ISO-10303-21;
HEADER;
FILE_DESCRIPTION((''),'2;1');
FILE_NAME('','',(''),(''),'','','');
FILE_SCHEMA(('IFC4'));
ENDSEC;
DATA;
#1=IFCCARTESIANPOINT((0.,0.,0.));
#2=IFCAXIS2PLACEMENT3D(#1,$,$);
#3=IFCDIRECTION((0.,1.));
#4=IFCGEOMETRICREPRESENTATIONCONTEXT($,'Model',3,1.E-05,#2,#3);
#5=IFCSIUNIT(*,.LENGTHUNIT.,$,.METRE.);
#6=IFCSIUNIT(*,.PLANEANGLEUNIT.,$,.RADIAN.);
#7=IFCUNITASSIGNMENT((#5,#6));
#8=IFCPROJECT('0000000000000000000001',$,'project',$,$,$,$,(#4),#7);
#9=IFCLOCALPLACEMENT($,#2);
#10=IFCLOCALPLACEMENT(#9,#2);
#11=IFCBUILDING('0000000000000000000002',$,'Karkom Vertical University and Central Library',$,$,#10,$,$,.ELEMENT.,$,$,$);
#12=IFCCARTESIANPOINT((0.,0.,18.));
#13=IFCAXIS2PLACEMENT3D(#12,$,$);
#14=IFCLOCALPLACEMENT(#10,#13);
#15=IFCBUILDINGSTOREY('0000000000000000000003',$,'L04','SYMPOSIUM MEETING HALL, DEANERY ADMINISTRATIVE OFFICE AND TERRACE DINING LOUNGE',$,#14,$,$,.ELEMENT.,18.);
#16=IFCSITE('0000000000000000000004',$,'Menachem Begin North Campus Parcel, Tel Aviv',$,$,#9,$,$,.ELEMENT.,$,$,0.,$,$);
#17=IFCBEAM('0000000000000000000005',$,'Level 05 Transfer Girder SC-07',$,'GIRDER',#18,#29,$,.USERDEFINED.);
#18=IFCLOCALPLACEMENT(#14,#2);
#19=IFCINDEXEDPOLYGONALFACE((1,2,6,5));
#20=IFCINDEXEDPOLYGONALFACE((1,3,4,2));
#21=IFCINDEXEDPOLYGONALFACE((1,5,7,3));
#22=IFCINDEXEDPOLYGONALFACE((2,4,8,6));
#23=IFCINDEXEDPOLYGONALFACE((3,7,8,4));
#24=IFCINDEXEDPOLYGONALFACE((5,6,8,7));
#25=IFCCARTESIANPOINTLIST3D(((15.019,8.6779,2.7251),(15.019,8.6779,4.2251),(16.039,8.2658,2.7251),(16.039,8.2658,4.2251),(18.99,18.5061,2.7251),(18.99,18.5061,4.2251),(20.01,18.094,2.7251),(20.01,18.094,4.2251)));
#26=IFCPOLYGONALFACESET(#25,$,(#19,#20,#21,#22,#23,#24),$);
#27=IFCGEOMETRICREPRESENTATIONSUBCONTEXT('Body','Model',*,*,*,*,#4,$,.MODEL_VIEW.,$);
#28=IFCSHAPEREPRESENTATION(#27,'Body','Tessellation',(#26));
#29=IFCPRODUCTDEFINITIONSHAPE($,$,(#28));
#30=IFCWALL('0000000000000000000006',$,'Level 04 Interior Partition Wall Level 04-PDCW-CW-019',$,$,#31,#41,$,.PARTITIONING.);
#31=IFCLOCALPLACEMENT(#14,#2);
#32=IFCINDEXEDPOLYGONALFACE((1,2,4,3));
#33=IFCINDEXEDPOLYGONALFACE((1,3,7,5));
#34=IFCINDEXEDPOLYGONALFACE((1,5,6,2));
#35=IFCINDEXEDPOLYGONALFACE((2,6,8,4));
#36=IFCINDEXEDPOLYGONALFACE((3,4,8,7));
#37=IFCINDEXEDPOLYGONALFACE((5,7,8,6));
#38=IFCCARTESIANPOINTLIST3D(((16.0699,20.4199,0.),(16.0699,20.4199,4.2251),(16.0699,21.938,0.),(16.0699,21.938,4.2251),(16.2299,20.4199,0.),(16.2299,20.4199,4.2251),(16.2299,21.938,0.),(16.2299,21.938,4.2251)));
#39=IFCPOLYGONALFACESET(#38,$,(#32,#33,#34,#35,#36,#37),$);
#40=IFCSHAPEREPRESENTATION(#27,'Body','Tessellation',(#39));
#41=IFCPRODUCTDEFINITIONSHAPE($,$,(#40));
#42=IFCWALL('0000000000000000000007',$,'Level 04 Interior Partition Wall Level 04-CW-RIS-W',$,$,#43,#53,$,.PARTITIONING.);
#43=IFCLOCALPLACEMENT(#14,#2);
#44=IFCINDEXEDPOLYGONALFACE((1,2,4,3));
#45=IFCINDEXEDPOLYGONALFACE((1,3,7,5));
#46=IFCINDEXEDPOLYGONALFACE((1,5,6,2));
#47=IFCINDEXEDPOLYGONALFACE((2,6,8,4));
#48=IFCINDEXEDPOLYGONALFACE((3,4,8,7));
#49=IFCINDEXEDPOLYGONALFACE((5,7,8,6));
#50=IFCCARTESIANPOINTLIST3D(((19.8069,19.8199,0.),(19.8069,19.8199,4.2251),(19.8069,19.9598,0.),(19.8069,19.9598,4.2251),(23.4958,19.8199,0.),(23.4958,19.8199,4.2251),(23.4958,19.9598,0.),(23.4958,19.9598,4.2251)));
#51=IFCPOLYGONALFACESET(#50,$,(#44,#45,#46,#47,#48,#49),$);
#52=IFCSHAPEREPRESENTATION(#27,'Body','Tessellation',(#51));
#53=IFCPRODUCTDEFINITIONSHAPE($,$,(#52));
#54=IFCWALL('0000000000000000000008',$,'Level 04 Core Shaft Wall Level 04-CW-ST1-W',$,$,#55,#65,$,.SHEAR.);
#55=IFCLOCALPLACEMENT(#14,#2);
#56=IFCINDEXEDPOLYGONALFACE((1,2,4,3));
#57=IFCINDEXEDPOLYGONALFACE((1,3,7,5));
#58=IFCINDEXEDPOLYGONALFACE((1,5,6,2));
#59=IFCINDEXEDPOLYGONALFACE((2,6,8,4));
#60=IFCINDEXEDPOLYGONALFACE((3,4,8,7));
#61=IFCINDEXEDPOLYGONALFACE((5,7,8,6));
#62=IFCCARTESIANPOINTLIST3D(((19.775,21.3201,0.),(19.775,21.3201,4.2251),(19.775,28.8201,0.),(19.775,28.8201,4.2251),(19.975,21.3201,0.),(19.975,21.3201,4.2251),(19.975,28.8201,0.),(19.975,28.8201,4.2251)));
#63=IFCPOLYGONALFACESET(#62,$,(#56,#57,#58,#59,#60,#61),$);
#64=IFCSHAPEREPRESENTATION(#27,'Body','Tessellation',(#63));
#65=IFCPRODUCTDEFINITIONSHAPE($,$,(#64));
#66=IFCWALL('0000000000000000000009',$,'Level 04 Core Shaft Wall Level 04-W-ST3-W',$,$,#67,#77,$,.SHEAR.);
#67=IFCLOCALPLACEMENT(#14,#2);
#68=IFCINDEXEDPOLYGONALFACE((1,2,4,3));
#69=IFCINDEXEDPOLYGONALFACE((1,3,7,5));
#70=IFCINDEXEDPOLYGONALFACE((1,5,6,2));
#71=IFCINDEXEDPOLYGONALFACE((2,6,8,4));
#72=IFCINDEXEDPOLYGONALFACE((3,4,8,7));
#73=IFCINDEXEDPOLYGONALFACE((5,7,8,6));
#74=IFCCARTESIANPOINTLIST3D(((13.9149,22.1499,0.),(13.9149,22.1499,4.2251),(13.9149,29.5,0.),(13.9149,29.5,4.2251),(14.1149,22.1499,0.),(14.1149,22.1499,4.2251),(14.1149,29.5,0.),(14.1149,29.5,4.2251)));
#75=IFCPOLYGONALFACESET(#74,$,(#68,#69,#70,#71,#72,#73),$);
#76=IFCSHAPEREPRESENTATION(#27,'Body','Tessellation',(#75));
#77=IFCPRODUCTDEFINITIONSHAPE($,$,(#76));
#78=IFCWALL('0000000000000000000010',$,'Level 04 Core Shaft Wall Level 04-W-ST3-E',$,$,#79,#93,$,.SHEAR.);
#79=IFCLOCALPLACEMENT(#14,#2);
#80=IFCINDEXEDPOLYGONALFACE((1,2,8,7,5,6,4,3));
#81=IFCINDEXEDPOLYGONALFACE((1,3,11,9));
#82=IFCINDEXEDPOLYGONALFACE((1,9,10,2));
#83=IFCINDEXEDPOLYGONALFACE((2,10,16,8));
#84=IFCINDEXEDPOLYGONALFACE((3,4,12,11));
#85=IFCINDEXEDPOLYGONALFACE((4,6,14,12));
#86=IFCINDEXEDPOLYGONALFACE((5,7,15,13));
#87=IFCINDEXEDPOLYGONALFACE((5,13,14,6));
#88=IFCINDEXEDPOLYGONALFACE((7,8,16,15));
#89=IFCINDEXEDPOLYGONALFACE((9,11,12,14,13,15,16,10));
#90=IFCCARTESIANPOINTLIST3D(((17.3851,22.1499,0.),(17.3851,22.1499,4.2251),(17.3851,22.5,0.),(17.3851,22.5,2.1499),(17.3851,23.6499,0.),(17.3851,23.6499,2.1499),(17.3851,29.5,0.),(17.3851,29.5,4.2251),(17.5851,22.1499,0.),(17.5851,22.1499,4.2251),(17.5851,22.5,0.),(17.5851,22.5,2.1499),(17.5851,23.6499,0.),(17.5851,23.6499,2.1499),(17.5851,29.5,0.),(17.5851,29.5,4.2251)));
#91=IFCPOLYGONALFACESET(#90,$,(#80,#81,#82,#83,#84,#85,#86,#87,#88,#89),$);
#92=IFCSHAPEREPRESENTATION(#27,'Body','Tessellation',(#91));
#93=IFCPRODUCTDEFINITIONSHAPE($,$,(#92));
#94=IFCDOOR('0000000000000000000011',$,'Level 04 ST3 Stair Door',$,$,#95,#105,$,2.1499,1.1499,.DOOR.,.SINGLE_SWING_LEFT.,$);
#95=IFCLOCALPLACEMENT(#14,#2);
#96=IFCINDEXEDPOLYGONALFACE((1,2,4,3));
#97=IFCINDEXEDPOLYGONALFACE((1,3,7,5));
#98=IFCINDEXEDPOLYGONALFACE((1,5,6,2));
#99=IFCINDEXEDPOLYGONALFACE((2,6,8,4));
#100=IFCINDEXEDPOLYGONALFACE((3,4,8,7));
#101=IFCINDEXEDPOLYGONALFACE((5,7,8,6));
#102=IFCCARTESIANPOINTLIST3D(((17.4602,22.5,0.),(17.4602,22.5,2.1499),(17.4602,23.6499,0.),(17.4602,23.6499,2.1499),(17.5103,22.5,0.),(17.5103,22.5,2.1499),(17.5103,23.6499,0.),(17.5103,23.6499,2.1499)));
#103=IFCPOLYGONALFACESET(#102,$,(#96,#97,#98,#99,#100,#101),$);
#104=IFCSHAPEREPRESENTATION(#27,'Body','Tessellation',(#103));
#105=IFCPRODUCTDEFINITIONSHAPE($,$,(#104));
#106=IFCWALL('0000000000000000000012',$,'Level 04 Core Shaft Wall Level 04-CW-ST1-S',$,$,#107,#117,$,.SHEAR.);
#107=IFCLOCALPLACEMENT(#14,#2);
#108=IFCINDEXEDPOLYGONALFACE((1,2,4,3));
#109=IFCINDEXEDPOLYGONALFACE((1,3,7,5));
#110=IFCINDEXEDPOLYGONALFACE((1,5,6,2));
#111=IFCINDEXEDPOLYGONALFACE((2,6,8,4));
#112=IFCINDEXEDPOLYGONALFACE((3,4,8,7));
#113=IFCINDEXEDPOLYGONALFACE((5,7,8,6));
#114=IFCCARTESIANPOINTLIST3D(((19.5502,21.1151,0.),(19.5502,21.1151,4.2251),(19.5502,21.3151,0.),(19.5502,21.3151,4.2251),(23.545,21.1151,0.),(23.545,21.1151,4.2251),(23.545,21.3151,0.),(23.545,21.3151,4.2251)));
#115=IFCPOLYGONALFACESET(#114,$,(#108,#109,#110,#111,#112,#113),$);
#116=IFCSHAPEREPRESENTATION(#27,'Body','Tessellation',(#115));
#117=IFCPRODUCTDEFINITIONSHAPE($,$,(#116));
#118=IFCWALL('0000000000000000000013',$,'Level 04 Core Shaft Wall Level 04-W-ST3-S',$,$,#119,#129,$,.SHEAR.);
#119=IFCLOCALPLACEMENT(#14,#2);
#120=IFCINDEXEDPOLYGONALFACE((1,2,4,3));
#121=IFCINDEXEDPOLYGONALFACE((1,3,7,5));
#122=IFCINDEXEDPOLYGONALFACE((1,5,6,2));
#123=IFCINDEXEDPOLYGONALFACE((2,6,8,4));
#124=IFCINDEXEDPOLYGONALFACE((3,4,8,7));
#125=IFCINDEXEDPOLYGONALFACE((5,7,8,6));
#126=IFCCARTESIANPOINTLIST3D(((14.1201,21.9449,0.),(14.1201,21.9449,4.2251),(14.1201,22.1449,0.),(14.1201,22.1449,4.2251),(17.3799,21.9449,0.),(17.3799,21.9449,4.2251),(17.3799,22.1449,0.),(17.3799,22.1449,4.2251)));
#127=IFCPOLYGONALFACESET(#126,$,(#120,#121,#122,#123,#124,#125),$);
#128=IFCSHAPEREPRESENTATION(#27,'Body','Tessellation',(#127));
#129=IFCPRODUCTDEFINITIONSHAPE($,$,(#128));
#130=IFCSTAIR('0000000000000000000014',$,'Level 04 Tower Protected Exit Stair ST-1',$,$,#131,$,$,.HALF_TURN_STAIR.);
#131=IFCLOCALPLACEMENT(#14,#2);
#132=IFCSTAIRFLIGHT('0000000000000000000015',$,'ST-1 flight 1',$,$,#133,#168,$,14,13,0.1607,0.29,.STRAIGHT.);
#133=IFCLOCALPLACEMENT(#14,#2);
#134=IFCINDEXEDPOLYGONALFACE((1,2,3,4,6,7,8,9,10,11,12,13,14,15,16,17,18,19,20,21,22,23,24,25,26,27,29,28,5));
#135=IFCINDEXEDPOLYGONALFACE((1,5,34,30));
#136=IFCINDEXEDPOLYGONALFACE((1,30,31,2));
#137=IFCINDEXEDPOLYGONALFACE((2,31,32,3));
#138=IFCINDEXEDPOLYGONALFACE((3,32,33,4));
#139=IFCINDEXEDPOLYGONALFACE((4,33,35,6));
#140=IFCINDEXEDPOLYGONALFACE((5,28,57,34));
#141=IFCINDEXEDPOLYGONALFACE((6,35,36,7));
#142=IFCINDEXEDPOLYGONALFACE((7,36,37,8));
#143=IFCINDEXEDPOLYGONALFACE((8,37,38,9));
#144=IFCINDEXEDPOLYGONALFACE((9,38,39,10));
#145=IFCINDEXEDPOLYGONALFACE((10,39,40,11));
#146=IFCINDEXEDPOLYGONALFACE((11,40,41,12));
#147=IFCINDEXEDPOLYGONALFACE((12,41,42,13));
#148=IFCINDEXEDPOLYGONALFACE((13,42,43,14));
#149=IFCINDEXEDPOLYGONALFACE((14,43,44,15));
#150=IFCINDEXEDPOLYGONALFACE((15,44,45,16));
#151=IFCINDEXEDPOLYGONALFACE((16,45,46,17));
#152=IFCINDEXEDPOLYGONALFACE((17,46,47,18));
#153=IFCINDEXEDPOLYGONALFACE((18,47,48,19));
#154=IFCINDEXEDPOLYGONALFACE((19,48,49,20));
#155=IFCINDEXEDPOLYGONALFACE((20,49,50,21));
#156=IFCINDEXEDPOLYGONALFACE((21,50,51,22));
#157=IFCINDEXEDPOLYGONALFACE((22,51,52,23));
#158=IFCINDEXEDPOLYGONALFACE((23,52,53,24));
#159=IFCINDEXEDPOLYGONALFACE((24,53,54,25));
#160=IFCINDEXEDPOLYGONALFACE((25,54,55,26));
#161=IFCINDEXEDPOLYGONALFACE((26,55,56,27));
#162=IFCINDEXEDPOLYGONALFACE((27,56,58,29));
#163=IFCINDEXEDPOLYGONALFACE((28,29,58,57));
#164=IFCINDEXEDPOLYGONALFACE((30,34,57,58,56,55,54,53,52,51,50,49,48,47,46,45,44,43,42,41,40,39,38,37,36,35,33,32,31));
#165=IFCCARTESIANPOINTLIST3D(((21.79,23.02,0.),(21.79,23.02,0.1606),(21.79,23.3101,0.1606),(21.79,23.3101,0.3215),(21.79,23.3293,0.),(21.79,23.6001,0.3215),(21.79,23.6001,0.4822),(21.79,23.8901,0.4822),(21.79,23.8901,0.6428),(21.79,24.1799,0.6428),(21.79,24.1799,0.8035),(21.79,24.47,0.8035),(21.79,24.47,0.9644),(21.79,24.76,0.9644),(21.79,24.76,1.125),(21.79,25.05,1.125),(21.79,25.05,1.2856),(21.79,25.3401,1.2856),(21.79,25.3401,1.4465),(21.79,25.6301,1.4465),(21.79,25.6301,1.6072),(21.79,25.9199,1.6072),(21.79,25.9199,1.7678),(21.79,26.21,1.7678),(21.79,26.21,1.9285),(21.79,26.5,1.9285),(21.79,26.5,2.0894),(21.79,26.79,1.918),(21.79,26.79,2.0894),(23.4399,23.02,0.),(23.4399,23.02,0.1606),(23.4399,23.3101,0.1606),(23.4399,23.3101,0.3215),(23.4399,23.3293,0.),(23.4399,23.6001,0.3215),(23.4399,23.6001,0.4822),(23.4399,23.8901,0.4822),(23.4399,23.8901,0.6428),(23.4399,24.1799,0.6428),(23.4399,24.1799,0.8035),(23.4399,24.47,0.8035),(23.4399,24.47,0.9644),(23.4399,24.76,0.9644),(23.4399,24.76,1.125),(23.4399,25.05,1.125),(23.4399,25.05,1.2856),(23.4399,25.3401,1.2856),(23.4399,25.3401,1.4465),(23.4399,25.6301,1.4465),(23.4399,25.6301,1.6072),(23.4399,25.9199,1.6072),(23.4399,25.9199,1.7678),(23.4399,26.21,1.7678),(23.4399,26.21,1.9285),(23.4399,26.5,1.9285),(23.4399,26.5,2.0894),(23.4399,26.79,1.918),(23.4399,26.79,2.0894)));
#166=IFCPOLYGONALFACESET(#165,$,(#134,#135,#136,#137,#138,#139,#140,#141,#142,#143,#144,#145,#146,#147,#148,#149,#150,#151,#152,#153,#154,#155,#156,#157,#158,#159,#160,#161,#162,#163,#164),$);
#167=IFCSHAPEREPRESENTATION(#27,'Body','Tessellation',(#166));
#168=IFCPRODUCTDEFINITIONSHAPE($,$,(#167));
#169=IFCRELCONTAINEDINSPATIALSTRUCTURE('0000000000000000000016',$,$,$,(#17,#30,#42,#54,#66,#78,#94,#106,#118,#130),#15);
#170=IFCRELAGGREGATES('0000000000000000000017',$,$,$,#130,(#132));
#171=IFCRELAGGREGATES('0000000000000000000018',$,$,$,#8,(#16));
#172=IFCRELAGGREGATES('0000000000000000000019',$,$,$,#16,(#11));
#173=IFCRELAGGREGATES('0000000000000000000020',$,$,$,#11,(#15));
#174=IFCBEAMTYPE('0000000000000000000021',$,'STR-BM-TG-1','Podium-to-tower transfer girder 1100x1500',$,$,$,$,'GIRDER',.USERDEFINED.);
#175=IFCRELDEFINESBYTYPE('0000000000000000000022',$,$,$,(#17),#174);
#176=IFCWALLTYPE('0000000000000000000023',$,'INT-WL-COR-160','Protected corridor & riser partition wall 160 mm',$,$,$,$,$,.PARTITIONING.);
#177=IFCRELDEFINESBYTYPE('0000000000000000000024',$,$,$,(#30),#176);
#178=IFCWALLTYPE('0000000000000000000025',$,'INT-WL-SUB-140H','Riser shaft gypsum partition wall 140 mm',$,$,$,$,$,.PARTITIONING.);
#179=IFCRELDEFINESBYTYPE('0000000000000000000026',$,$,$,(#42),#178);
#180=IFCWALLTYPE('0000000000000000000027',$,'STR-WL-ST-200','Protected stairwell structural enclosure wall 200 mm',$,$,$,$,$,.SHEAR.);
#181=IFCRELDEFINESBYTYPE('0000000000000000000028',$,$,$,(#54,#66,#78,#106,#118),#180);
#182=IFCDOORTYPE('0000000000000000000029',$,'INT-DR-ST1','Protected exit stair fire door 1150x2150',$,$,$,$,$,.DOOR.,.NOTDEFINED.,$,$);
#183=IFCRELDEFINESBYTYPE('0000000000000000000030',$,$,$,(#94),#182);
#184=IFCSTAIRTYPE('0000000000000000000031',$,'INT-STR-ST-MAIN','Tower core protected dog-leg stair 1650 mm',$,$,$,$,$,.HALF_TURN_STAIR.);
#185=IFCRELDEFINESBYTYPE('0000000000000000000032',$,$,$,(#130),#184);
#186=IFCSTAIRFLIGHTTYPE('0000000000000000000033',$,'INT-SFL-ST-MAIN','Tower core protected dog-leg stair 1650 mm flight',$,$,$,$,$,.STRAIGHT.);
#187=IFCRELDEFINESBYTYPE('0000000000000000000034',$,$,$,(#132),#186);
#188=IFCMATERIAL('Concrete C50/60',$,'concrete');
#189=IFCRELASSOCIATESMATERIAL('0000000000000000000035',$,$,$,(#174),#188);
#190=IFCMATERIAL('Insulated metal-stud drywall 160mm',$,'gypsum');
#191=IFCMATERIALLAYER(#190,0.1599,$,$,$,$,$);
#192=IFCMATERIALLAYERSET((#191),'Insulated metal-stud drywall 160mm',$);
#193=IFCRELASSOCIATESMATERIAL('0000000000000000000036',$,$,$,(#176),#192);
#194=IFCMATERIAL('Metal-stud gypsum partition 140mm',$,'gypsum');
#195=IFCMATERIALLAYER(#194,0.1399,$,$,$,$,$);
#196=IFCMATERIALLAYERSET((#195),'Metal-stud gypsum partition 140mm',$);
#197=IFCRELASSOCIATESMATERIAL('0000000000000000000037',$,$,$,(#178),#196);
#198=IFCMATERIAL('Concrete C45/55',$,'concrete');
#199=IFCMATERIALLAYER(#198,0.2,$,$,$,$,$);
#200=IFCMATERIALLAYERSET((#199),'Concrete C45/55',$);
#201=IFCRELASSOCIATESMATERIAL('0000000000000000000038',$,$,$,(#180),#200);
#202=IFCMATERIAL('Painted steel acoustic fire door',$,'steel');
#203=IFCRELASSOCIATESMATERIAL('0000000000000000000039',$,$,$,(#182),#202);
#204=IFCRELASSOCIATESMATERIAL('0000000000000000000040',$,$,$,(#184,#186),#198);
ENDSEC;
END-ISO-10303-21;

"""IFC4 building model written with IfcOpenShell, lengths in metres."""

from ifc_helpers import new_model, si_unit, direction, frame, frame_2d, origin, origin_with_axes, origin_2d, place, context, subcontext, project, spatial, polyline, rectangle, outline, extrude, source, transform, mapped, material, layer, layer_set, material_profile, profile_set, type_object, element, fill, aggregate, save


model = new_model("IFC4")

# Units and contexts
model_context = context("Model", 3, precision=1e-05, world=origin(), true_north=direction((0.0, 1.0)))
body_context = subcontext(model_context, "Body", "Model", "MODEL_VIEW")
ifc_project = project(units=[si_unit("LENGTHUNIT", "METRE"), si_unit("PLANEANGLEUNIT", "RADIAN")], contexts=[model_context])

# Site, building, storey
site_placement = place(None, origin())
site = spatial("IfcSite", under=ifc_project, at=site_placement, Name="Menachem Begin North Campus Parcel, Tel Aviv", CompositionType="ELEMENT", RefElevation=0.0)
building_placement = place(site_placement, origin())
building = spatial("IfcBuilding", under=site, at=building_placement, Name="Karkom Vertical University and Central Library", CompositionType="ELEMENT")
storey_placement = place(building_placement, frame((0.0, 0.0, 18.0)))
storey = spatial("IfcBuildingStorey", under=building, at=storey_placement, Name="L04", Description="SYMPOSIUM MEETING HALL, DEANERY ADMINISTRATIVE OFFICE AND TERRACE DINING LOUNGE", CompositionType="ELEMENT", Elevation=18.0)

# Beam
ifc_material_1 = material(Name="Concrete C50/60", Category="concrete")
ifc_material_profile = material_profile(ifc_material_1, rectangle(XDim=1.1001, YDim=1.5, at=origin_2d()), Name="TG-1100x1500")
ifc_profile_set = profile_set([ifc_material_profile], Name="Concrete C50/60")
beam_type = type_object("IfcBeamType", Name="STR-BM-TG-1", Description="Podium-to-tower transfer girder 1100x1500", ElementType="GIRDER", PredefinedType="USERDEFINED", material=ifc_profile_set)
shared_shape_1 = source(origin_with_axes(), body_context, "Body", "SweptSolid", [
    extrude(rectangle(XDim=1.1001, YDim=1.5, at=origin_2d()), origin(), (0.0, 0.0, 1.0), 10.6001),
])
beam_placement = place(storey_placement, frame((19.5, 18.3, 3.4751), z_axis=(-0.374617, -0.92718, 0.0), x_axis=(0.92718, -0.374617, 0.0)))
element("IfcBeam", 1, at=beam_placement, inside=storey, type_object=beam_type, Name="Level 05 Transfer Girder SC-07", ObjectType="GIRDER", PredefinedType="USERDEFINED", context=body_context, shape_type="MappedRepresentation", body=[
    mapped(shared_shape_1, transform((0.0, 0.0, 0.0), scale=1.0)),
])

# Walls
ifc_material_2 = material(Name="Insulated metal-stud drywall 160mm", Category="gypsum")
ifc_layer_1 = layer(ifc_material_2, 0.1599)
ifc_layer_set_1 = layer_set([ifc_layer_1], Name="Insulated metal-stud drywall 160mm")
wall_type_1 = type_object("IfcWallType", Name="INT-WL-COR-160", Description="Protected corridor & riser partition wall 160 mm", PredefinedType="PARTITIONING", material=ifc_layer_set_1)
wall_1_placement = place(storey_placement, frame((16.1499, 20.4199, 0.0), z_axis=(0.0, 0.0, 1.0), x_axis=(0.0, 1.0, 0.0)))
element("IfcWall", 2, at=wall_1_placement, inside=storey, type_object=wall_type_1, Name="Level 04 Interior Partition Wall Level 04-PDCW-CW-019", PredefinedType="PARTITIONING", context=body_context, shape_type="SweptSolid", body=[
    extrude(rectangle(XDim=1.5181, YDim=0.1599, at=frame_2d((0.759, 0.0))), origin(), (0.0, 0.0, 1.0), 4.2251),
])
ifc_material_3 = material(Name="Metal-stud gypsum partition 140mm", Category="gypsum")
ifc_layer_2 = layer(ifc_material_3, 0.1399)
ifc_layer_set_2 = layer_set([ifc_layer_2], Name="Metal-stud gypsum partition 140mm")
wall_type_2 = type_object("IfcWallType", Name="INT-WL-SUB-140H", Description="Riser shaft gypsum partition wall 140 mm", PredefinedType="PARTITIONING", material=ifc_layer_set_2)
wall_2_placement = place(storey_placement, frame((19.8069, 19.8899, 0.0), z_axis=(0.0, 0.0, 1.0), x_axis=(1.0, 0.0, 0.0)))
element("IfcWall", 3, at=wall_2_placement, inside=storey, type_object=wall_type_2, Name="Level 04 Interior Partition Wall Level 04-CW-RIS-W", PredefinedType="PARTITIONING", context=body_context, shape_type="SweptSolid", body=[
    extrude(rectangle(XDim=3.689, YDim=0.1399, at=frame_2d((1.8445, 0.0))), origin(), (0.0, 0.0, 1.0), 4.2251),
])

# Shared definitions
ifc_material_4 = material(Name="Concrete C45/55", Category="concrete")
ifc_layer_3 = layer(ifc_material_4, 0.2)
ifc_layer_set_3 = layer_set([ifc_layer_3], Name="Concrete C45/55")
wall_type_3 = type_object("IfcWallType", Name="STR-WL-ST-200", Description="Protected stairwell structural enclosure wall 200 mm", PredefinedType="SHEAR", material=ifc_layer_set_3)
ifc_material_5 = material(Name="Painted steel acoustic fire door", Category="steel")
door_type_1 = type_object("IfcDoorType", Name="INT-DR-ST1", Description="Protected exit stair fire door 1150x2150", OperationType="NOTDEFINED", PredefinedType="DOOR", material=ifc_material_5)
shared_shape_2 = source(origin_with_axes(), body_context, "Body", "SweptSolid", [
    extrude(rectangle(XDim=1.1499, YDim=2.1499, at=frame_2d((0.575, 1.075))), frame((0.0, 0.0249, 0.0), z_axis=(0.0, -1.0, 0.0), x_axis=(1.0, 0.0, 0.0)), (0.0, 0.0, 1.0), 0.05),
])

# Walls
wall_3_placement = place(storey_placement, frame((19.875, 21.3201, 0.0), z_axis=(0.0, 0.0, 1.0), x_axis=(0.0, 1.0, 0.0)))
element("IfcWall", 4, at=wall_3_placement, inside=storey, type_object=wall_type_3, Name="Level 04 Core Shaft Wall Level 04-CW-ST1-W", PredefinedType="SHEAR", context=body_context, shape_type="SweptSolid", body=[
    extrude(rectangle(XDim=7.5, YDim=0.2, at=frame_2d((3.75, 0.0))), origin(), (0.0, 0.0, 1.0), 4.2251),
])
wall_4_placement = place(storey_placement, frame((14.0149, 22.1499, 0.0), z_axis=(0.0, 0.0, 1.0), x_axis=(0.0, 1.0, 0.0)))
element("IfcWall", 5, at=wall_4_placement, inside=storey, type_object=wall_type_3, Name="Level 04 Core Shaft Wall Level 04-W-ST3-W", PredefinedType="SHEAR", context=body_context, shape_type="SweptSolid", body=[
    extrude(rectangle(XDim=7.3501, YDim=0.2, at=frame_2d((3.675, 0.0))), origin(), (0.0, 0.0, 1.0), 4.2251),
])

# Wall, opening, door
wall_5_placement = place(storey_placement, frame((17.4851, 22.1499, 0.0), z_axis=(0.0, 0.0, 1.0), x_axis=(0.0, 1.0, 0.0)))
wall_5 = element("IfcWall", 6, at=wall_5_placement, inside=storey, type_object=wall_type_3, Name="Level 04 Core Shaft Wall Level 04-W-ST3-E", PredefinedType="SHEAR", context=body_context, shape_type="SweptSolid", body=[
    extrude(rectangle(XDim=7.3501, YDim=0.2, at=frame_2d((3.675, 0.0))), origin(), (0.0, 0.0, 1.0), 4.2251),
])
opening_1_placement = place(wall_5_placement, frame((0.3501, 0.0, 0.0)))
opening_1 = element("IfcOpeningElement", 7, at=opening_1_placement, cuts=wall_5, PredefinedType="OPENING", context=body_context, shape_type="SweptSolid", body=[
    extrude(rectangle(XDim=1.1499, YDim=2.1499, at=frame_2d((0.575, 1.075))), frame((0.0, 0.1099, 0.0), z_axis=(0.0, -1.0, 0.0), x_axis=(1.0, 0.0, 0.0)), (0.0, 0.0, 1.0), 0.22),
])
door_1_placement = place(opening_1_placement, origin())
door_1 = element("IfcDoor", 8, at=door_1_placement, inside=storey, type_object=door_type_1, Name="Level 04 ST3 Stair Door", OperationType="SINGLE_SWING_LEFT", OverallHeight=2.1499, OverallWidth=1.1499, PredefinedType="DOOR", context=body_context, shape_type="MappedRepresentation", body=[
    mapped(shared_shape_2, transform((0.0, 0.0, 0.0), scale=1.0)),
])
fill(opening_1, door_1)

# Walls
wall_6_placement = place(storey_placement, frame((19.55, 21.2151, 0.0), z_axis=(0.0, 0.0, 1.0), x_axis=(1.0, 0.0, 0.0)))
element("IfcWall", 9, at=wall_6_placement, inside=storey, type_object=wall_type_3, Name="Level 04 Core Shaft Wall Level 04-CW-ST1-S", PredefinedType="SHEAR", context=body_context, shape_type="SweptSolid", body=[
    extrude(rectangle(XDim=3.9949, YDim=0.2, at=frame_2d((1.9976, 0.0))), origin(), (0.0, 0.0, 1.0), 4.2251),
])
wall_7_placement = place(storey_placement, frame((14.1201, 22.0449, 0.0), z_axis=(0.0, 0.0, 1.0), x_axis=(1.0, 0.0, 0.0)))
element("IfcWall", 10, at=wall_7_placement, inside=storey, type_object=wall_type_3, Name="Level 04 Core Shaft Wall Level 04-W-ST3-S", PredefinedType="SHEAR", context=body_context, shape_type="SweptSolid", body=[
    extrude(rectangle(XDim=3.2598, YDim=0.2, at=frame_2d((1.6299, 0.0))), origin(), (0.0, 0.0, 1.0), 4.2251),
])

# Stair, stair flight
stair_type = type_object("IfcStairType", Name="INT-STR-ST-MAIN", Description="Tower core protected dog-leg stair 1650 mm", PredefinedType="HALF_TURN_STAIR", material=ifc_material_4)
stair_placement = place(storey_placement, origin())
stair = element("IfcStair", 11, at=stair_placement, inside=storey, type_object=stair_type, Name="Level 04 Tower Protected Exit Stair ST-1", PredefinedType="HALF_TURN_STAIR")
stair_flight_type = type_object("IfcStairFlightType", Name="INT-SFL-ST-MAIN", Description="Tower core protected dog-leg stair 1650 mm flight", PredefinedType="STRAIGHT", material=ifc_material_4)
stair_flight_placement = place(storey_placement, frame((22.615, 23.02, 0.0), z_axis=(0.0, 0.0, 1.0), x_axis=(0.0, 1.0, 0.0)))
stair_flight = element("IfcStairFlight", 12, at=stair_flight_placement, type_object=stair_flight_type, Name="ST-1 flight 1", NumberOfRisers=14, NumberOfTreads=13, PredefinedType="STRAIGHT", RiserHeight=0.1607, TreadLength=0.29, context=body_context, shape_type="SweptSolid", body=[
    extrude(outline(polyline([(0.0, 0.0), (0.0, 0.1606), (0.29, 0.1606), (0.29, 0.3215), (0.5801, 0.3215), (0.5801, 0.4822), (0.8701, 0.4822), (0.8701, 0.6428), (1.1599, 0.6428), (1.1599, 0.8035), (1.45, 0.8035), (1.45, 0.9644), (1.74, 0.9644), (1.74, 1.125), (2.03, 1.125), (2.03, 1.2856), (2.3201, 1.2856), (2.3201, 1.4465), (2.6101, 1.4465), (2.6101, 1.6072), (2.8999, 1.6072), (2.8999, 1.7678), (3.1899, 1.7678), (3.1899, 1.9285), (3.48, 1.9285), (3.48, 2.0894), (3.77, 2.0894), (3.77, 2.25), (3.77, 1.918), (0.3093, 0.0), (0.0, 0.0)])), frame((0.0, 0.825, 0.0), z_axis=(0.0, -1.0, 0.0), x_axis=(1.0, 0.0, 0.0)), (0.0, 0.0, 1.0), 1.6499),
])
aggregate(stair, [stair_flight])

save(model, "model.ifc")
